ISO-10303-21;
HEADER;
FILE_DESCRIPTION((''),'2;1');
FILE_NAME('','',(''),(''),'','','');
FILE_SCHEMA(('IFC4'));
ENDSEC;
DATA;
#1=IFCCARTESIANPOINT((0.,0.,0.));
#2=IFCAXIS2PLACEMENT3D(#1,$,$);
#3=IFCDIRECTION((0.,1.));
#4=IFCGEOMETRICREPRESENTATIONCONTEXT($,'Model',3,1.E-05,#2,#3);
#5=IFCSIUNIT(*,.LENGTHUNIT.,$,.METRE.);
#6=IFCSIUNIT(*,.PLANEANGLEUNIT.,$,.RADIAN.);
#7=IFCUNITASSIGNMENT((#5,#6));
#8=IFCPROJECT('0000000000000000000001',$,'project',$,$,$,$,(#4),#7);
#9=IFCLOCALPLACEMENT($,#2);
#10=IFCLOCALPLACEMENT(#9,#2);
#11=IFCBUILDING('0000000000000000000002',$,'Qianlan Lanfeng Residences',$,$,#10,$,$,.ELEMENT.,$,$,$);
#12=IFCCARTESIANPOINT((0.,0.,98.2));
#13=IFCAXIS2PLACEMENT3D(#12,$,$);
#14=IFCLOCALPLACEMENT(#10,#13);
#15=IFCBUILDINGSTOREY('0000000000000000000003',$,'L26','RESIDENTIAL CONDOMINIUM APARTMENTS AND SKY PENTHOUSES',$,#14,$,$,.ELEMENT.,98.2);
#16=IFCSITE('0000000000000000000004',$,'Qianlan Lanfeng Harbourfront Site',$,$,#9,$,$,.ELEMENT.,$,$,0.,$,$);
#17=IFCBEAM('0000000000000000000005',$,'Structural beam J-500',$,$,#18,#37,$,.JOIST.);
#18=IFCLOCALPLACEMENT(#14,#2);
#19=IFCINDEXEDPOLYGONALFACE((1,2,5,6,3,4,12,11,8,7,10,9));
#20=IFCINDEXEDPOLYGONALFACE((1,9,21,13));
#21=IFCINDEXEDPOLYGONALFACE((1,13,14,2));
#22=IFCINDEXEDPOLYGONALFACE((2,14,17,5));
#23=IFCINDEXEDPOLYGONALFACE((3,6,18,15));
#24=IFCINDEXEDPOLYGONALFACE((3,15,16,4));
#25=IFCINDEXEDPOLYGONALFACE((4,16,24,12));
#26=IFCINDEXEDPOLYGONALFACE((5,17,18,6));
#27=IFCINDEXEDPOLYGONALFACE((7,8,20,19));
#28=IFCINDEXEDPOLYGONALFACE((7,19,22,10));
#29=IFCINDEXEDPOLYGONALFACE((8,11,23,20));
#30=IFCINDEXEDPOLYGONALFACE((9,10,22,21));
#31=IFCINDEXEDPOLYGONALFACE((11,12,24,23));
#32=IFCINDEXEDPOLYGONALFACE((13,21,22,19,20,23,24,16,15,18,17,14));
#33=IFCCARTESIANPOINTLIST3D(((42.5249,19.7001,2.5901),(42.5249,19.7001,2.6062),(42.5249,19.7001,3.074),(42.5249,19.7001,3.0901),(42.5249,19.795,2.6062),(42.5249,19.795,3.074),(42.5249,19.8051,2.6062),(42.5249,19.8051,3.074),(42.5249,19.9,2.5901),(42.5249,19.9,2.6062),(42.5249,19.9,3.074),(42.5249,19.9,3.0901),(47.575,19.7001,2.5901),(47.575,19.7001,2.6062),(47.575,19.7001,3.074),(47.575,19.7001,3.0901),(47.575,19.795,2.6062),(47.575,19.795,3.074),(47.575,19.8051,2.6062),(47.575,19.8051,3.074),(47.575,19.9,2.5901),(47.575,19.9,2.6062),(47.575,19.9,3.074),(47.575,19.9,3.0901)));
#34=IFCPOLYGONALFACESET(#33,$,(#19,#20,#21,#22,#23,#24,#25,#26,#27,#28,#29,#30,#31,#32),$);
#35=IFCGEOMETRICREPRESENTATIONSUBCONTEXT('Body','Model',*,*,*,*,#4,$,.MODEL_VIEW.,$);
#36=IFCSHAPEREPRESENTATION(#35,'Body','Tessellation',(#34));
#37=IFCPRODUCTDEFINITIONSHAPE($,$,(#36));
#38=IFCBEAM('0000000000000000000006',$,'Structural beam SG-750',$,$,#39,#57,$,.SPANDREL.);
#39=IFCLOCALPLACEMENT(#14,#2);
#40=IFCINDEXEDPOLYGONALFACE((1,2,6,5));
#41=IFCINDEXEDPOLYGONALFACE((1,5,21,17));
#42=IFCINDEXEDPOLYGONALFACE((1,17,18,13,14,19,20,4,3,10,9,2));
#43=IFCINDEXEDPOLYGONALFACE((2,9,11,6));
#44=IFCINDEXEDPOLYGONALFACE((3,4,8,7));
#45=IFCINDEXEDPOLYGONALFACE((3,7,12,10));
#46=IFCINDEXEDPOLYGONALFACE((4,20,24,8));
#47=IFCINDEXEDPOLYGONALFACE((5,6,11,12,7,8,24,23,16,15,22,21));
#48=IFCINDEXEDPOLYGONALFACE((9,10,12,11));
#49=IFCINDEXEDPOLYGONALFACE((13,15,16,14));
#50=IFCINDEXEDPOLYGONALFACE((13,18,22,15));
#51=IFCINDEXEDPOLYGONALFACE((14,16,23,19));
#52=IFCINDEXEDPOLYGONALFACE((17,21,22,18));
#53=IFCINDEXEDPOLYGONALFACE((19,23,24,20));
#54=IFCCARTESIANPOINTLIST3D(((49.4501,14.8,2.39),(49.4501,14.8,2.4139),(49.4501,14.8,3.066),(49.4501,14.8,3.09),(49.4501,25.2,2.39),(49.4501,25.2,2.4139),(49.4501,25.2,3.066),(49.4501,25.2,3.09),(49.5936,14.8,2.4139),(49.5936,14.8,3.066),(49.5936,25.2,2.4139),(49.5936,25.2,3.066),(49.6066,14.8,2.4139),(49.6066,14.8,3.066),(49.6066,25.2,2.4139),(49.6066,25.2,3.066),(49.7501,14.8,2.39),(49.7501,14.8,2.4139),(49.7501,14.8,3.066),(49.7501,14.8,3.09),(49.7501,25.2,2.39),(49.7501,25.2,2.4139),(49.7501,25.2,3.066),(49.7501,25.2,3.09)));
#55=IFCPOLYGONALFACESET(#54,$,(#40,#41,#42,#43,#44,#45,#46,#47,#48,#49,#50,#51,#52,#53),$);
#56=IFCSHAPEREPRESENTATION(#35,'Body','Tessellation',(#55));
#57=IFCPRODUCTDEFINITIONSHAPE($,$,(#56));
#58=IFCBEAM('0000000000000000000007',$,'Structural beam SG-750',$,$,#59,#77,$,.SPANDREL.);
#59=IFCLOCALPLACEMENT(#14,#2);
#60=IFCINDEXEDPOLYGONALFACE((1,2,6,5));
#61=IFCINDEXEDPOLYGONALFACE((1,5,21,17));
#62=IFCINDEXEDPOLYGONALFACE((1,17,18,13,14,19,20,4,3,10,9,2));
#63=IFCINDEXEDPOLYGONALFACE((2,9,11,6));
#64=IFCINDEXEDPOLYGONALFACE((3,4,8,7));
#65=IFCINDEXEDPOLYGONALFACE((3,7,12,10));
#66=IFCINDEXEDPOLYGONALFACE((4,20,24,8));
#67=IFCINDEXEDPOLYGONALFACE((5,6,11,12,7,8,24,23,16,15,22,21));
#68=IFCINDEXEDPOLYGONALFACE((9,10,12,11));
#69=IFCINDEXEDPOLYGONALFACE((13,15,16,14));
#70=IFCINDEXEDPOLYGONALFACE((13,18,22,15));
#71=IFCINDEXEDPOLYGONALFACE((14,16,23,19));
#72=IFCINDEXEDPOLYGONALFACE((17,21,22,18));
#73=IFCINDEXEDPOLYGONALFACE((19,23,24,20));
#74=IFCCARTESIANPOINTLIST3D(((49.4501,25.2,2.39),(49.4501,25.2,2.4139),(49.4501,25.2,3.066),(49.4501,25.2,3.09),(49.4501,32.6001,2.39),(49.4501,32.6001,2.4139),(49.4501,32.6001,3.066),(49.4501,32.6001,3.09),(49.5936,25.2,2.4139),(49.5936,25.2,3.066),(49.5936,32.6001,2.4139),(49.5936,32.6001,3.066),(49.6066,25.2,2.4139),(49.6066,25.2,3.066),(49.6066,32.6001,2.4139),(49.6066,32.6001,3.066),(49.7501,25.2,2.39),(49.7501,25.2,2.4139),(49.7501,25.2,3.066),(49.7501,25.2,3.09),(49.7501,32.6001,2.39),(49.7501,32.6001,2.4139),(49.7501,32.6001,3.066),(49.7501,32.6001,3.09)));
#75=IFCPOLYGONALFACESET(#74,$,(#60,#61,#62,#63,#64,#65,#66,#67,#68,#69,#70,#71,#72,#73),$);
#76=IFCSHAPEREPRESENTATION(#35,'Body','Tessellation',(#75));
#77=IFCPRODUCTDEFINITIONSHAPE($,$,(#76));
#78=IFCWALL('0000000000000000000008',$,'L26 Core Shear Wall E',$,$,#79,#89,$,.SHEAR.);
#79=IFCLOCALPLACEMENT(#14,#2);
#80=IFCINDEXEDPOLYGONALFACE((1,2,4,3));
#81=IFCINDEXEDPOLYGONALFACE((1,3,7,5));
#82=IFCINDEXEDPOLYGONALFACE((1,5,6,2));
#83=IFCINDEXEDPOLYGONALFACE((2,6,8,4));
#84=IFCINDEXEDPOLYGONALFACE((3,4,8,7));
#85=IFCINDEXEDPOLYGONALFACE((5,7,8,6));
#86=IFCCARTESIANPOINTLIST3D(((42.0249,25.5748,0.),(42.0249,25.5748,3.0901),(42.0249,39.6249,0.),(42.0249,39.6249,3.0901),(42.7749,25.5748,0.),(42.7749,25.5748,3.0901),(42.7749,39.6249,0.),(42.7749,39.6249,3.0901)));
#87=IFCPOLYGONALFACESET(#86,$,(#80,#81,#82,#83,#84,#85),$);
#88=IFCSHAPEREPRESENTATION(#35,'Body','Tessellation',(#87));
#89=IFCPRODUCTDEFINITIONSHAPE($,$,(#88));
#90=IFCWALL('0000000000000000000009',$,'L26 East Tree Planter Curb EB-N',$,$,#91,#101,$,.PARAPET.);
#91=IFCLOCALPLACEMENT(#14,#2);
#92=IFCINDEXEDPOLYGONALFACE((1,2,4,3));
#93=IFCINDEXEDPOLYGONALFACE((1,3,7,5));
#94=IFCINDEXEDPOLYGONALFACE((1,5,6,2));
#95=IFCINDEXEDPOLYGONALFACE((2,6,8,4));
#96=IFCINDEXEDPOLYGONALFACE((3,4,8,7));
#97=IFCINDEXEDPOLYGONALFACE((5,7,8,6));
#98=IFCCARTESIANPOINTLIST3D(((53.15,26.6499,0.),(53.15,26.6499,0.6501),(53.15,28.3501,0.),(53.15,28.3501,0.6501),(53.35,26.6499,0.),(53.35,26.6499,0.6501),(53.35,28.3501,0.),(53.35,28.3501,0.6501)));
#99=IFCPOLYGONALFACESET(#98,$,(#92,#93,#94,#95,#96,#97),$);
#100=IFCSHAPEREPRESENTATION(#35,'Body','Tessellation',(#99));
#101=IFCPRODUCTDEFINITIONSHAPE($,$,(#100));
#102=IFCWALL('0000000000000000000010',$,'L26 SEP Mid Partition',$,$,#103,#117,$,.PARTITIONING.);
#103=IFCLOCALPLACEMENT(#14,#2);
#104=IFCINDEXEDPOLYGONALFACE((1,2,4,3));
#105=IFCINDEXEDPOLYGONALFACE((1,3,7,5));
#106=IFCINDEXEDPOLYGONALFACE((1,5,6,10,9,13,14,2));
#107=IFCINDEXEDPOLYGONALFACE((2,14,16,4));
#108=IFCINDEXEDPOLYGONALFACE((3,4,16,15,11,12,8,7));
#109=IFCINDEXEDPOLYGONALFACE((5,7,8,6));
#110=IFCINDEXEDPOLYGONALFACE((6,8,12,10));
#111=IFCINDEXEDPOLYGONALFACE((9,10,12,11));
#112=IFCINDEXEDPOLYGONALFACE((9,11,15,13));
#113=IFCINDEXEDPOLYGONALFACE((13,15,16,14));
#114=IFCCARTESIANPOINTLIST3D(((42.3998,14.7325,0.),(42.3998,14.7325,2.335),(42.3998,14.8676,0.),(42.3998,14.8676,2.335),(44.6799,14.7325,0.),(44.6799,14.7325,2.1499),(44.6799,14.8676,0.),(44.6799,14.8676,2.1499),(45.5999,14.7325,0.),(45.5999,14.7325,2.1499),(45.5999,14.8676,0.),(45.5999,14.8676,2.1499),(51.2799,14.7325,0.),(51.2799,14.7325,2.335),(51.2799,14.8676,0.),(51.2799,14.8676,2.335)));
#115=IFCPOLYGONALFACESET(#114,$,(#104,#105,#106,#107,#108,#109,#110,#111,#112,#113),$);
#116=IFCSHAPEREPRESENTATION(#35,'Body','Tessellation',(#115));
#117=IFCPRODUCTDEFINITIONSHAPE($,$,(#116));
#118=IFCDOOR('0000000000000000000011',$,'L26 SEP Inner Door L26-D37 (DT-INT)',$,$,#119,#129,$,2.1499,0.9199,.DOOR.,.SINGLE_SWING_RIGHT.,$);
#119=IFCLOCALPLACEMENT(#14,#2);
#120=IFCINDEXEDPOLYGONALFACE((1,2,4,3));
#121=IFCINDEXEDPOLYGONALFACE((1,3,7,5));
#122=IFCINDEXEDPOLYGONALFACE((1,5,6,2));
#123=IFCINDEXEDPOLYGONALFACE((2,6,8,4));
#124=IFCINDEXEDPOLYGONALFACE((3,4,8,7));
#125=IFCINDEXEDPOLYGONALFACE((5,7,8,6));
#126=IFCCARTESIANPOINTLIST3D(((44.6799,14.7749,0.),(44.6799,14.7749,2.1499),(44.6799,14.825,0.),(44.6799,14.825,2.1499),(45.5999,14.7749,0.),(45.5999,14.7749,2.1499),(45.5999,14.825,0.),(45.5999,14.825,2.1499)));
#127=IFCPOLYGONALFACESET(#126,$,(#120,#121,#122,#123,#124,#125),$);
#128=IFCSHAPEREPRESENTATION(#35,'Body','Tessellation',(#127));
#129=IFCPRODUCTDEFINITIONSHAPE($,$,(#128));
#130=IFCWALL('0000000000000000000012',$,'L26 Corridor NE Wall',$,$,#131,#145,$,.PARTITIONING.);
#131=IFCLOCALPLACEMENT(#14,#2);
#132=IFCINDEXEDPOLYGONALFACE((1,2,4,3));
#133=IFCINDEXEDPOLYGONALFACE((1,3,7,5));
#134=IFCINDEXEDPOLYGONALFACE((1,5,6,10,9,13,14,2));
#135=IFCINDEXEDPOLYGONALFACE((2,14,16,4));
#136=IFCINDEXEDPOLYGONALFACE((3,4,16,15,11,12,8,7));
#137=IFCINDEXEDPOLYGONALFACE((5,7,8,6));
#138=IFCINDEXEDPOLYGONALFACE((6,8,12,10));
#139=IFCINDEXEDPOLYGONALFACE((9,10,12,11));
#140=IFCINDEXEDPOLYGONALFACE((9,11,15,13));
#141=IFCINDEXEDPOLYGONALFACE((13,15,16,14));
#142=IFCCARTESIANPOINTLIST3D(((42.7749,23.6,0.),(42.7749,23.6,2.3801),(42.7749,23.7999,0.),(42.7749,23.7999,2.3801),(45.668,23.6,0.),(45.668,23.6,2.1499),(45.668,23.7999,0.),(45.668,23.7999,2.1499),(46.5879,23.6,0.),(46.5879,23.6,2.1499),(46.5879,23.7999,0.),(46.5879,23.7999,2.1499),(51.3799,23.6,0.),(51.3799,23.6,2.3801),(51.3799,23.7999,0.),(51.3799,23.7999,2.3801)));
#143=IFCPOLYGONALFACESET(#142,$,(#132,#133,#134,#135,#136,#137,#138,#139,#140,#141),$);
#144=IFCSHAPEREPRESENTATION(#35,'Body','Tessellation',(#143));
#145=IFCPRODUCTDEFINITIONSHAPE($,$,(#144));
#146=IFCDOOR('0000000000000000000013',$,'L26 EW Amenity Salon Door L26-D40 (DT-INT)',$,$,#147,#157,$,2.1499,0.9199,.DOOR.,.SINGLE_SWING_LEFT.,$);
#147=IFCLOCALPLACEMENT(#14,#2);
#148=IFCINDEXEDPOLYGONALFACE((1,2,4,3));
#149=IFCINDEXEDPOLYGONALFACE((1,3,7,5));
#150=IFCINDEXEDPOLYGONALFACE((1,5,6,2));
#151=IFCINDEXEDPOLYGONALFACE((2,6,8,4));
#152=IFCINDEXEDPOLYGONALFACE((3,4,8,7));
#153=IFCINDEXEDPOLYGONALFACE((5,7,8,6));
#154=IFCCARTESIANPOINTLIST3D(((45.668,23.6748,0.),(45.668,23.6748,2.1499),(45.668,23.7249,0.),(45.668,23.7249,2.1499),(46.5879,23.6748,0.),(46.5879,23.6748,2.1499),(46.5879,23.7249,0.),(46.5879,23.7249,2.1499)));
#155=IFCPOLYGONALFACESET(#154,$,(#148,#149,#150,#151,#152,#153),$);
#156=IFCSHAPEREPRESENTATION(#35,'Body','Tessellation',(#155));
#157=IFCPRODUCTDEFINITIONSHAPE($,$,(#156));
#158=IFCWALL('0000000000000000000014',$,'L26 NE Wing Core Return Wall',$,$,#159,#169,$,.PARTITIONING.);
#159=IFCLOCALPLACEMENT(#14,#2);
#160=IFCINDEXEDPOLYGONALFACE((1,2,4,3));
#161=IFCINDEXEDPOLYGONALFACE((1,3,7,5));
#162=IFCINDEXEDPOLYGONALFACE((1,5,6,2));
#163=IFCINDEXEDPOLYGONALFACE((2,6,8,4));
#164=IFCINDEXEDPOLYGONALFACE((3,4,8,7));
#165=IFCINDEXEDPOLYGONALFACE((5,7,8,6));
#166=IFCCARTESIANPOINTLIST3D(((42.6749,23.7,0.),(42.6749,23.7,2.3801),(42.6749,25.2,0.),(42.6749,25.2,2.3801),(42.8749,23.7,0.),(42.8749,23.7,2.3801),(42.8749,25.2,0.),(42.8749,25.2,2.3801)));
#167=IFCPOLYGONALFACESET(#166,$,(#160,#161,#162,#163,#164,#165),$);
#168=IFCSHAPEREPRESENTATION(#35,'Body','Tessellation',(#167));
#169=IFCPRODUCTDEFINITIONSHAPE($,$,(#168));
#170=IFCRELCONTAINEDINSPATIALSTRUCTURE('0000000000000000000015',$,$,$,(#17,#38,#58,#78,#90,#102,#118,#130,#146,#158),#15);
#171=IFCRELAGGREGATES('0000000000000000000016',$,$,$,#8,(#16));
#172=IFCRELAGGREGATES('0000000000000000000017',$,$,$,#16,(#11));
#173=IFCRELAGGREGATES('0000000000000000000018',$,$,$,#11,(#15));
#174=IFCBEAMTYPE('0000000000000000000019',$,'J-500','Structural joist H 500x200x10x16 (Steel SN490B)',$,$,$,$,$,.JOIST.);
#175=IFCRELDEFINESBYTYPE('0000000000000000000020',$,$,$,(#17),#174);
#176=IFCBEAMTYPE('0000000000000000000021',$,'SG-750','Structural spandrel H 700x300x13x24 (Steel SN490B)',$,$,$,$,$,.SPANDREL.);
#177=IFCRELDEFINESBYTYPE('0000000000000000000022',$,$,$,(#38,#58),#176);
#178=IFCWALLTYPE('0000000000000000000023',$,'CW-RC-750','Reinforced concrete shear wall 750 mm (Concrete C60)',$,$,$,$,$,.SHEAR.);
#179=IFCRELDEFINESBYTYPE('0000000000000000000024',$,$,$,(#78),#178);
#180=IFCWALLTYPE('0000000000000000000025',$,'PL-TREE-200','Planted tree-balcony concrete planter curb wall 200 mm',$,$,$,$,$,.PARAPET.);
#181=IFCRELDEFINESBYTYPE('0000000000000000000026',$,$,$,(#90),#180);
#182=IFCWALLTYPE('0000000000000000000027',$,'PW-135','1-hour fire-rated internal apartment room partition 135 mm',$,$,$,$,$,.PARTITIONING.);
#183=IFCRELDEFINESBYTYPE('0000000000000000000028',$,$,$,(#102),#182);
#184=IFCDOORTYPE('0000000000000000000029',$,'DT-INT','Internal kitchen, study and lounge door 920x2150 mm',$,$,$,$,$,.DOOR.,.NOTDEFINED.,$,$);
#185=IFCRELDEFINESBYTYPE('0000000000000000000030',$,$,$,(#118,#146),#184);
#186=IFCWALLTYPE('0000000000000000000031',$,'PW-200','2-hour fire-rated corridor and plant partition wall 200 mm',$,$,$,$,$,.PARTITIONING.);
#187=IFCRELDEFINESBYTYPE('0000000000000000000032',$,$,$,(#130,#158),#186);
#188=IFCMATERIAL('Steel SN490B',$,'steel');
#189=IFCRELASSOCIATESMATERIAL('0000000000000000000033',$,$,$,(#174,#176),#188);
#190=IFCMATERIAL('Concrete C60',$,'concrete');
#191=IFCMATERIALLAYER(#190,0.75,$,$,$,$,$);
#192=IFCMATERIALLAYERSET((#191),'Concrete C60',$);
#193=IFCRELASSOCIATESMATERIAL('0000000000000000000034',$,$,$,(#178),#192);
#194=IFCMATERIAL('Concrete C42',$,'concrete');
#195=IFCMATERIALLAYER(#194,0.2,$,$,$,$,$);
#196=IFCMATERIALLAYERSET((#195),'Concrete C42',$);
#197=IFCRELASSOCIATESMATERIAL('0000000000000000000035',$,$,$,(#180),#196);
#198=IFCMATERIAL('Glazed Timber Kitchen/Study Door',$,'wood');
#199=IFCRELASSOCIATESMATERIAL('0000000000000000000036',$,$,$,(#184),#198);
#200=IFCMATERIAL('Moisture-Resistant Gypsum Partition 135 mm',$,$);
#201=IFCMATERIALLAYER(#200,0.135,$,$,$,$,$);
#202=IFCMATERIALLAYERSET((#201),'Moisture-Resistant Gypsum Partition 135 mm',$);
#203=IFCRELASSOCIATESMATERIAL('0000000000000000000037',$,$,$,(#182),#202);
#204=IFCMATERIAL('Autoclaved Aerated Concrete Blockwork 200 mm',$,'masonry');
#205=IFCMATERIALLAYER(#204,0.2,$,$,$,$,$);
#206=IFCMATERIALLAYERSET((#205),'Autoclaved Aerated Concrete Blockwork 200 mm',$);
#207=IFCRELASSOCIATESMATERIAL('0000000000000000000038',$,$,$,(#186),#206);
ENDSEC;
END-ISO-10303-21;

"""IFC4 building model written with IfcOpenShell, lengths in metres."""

from ifc_helpers import new_model, si_unit, direction, frame, frame_2d, origin, origin_2d, place, context, subcontext, project, spatial, rectangle, i_section, extrude, material, layer, layer_set, material_profile, profile_set, type_object, element, fill, save


model = new_model("IFC4")

# Units and contexts
model_context = context("Model", 3, precision=1e-05, world=origin(), true_north=direction((0.0, 1.0)))
body_context = subcontext(model_context, "Body", "Model", "MODEL_VIEW")
ifc_project = project(units=[si_unit("LENGTHUNIT", "METRE"), si_unit("PLANEANGLEUNIT", "RADIAN")], contexts=[model_context])

# Site, building, storey
site_placement = place(None, origin())
site = spatial("IfcSite", under=ifc_project, at=site_placement, Name="Qianlan Lanfeng Harbourfront Site", CompositionType="ELEMENT", RefElevation=0.0)
building_placement = place(site_placement, origin())
building = spatial("IfcBuilding", under=site, at=building_placement, Name="Qianlan Lanfeng Residences", CompositionType="ELEMENT")
storey_placement = place(building_placement, frame((0.0, 0.0, 98.2)))
storey = spatial("IfcBuildingStorey", under=building, at=storey_placement, Name="L26", Description="RESIDENTIAL CONDOMINIUM APARTMENTS AND SKY PENTHOUSES", CompositionType="ELEMENT", Elevation=98.2)

# Shared definitions
ifc_material_1 = material(Name="Steel SN490B", Category="steel")

# Beams
ifc_material_profile_1 = material_profile(ifc_material_1, i_section(OverallWidth=0.2, OverallDepth=0.5, WebThickness=0.01, FlangeThickness=0.0161, at=origin_2d()), Name="H 500x200x10x16")
ifc_profile_set_1 = profile_set([ifc_material_profile_1], Name="Steel SN490B")
beam_type_1 = type_object("IfcBeamType", Name="J-500", Description="Structural joist H 500x200x10x16 (Steel SN490B)", PredefinedType="JOIST", material=ifc_profile_set_1)
beam_1_placement = place(storey_placement, frame((42.5249, 19.8, 2.8401), z_axis=(1.0, 0.0, 0.0), x_axis=(0.0, 1.0, 0.0)))
element("IfcBeam", 1, at=beam_1_placement, inside=storey, type_object=beam_type_1, Name="Structural beam J-500", PredefinedType="JOIST", context=body_context, shape_type="SweptSolid", body=[
    extrude(i_section(OverallWidth=0.2, OverallDepth=0.5, WebThickness=0.01, FlangeThickness=0.0161, at=origin_2d()), origin(), (0.0, 0.0, 1.0), 5.05),
])
ifc_material_profile_2 = material_profile(ifc_material_1, i_section(OverallWidth=0.3, OverallDepth=0.7, WebThickness=0.0129, FlangeThickness=0.0239, at=origin_2d()), Name="H 700x300x13x24")
ifc_profile_set_2 = profile_set([ifc_material_profile_2], Name="Steel SN490B")
beam_type_2 = type_object("IfcBeamType", Name="SG-750", Description="Structural spandrel H 700x300x13x24 (Steel SN490B)", PredefinedType="SPANDREL", material=ifc_profile_set_2)
beam_2_placement = place(storey_placement, frame((49.6001, 14.8, 2.74), z_axis=(0.0, 1.0, 0.0), x_axis=(-1.0, 0.0, 0.0)))
element("IfcBeam", 2, at=beam_2_placement, inside=storey, type_object=beam_type_2, Name="Structural beam SG-750", PredefinedType="SPANDREL", context=body_context, shape_type="SweptSolid", body=[
    extrude(i_section(OverallWidth=0.3, OverallDepth=0.7, WebThickness=0.0129, FlangeThickness=0.0239, at=origin_2d()), origin(), (0.0, 0.0, 1.0), 10.3999),
])
beam_3_placement = place(storey_placement, frame((49.6001, 25.2, 2.74), z_axis=(0.0, 1.0, 0.0), x_axis=(-1.0, 0.0, 0.0)))
element("IfcBeam", 3, at=beam_3_placement, inside=storey, type_object=beam_type_2, Name="Structural beam SG-750", PredefinedType="SPANDREL", context=body_context, shape_type="SweptSolid", body=[
    extrude(i_section(OverallWidth=0.3, OverallDepth=0.7, WebThickness=0.0129, FlangeThickness=0.0239, at=origin_2d()), origin(), (0.0, 0.0, 1.0), 7.4001),
])

# Walls
ifc_material_2 = material(Name="Concrete C60", Category="concrete")
ifc_layer_1 = layer(ifc_material_2, 0.75)
ifc_layer_set_1 = layer_set([ifc_layer_1], Name="Concrete C60")
wall_type_1 = type_object("IfcWallType", Name="CW-RC-750", Description="Reinforced concrete shear wall 750 mm (Concrete C60)", PredefinedType="SHEAR", material=ifc_layer_set_1)
wall_1_placement = place(storey_placement, frame((42.3999, 25.575, 0.0), z_axis=(0.0, 0.0, 1.0), x_axis=(0.0, 1.0, 0.0)))
element("IfcWall", 4, at=wall_1_placement, inside=storey, type_object=wall_type_1, Name="L26 Core Shear Wall E", PredefinedType="SHEAR", context=body_context, shape_type="SweptSolid", body=[
    extrude(rectangle(XDim=14.05, YDim=0.75, at=frame_2d((7.0249, 0.0))), origin(), (0.0, 0.0, 1.0), 3.0901),
])
ifc_material_3 = material(Name="Concrete C42", Category="concrete")
ifc_layer_2 = layer(ifc_material_3, 0.2)
ifc_layer_set_2 = layer_set([ifc_layer_2], Name="Concrete C42")
wall_type_2 = type_object("IfcWallType", Name="PL-TREE-200", Description="Planted tree-balcony concrete planter curb wall 200 mm", PredefinedType="PARAPET", material=ifc_layer_set_2)
wall_2_placement = place(storey_placement, frame((53.25, 26.6499, 0.0), z_axis=(0.0, 0.0, 1.0), x_axis=(0.0, 1.0, 0.0)))
element("IfcWall", 5, at=wall_2_placement, inside=storey, type_object=wall_type_2, Name="L26 East Tree Planter Curb EB-N", PredefinedType="PARAPET", context=body_context, shape_type="SweptSolid", body=[
    extrude(rectangle(XDim=1.7002, YDim=0.2, at=frame_2d((0.8501, 0.0))), origin(), (0.0, 0.0, 1.0), 0.6501),
])

# Walls, openings, doors
ifc_material_4 = material(Name="Glazed Timber Kitchen/Study Door", Category="wood")
door_type = type_object("IfcDoorType", Name="DT-INT", Description="Internal kitchen, study and lounge door 920x2150 mm", OperationType="NOTDEFINED", PredefinedType="DOOR", material=ifc_material_4)
ifc_material_5 = material(Name="Moisture-Resistant Gypsum Partition 135 mm")
ifc_layer_3 = layer(ifc_material_5, 0.135)
ifc_layer_set_3 = layer_set([ifc_layer_3], Name="Moisture-Resistant Gypsum Partition 135 mm")
wall_type_3 = type_object("IfcWallType", Name="PW-135", Description="1-hour fire-rated internal apartment room partition 135 mm", PredefinedType="PARTITIONING", material=ifc_layer_set_3)
wall_3_placement = place(storey_placement, frame((42.3999, 14.8, 0.0), z_axis=(0.0, 0.0, 1.0), x_axis=(1.0, 0.0, 0.0)))
wall_3 = element("IfcWall", 6, at=wall_3_placement, inside=storey, type_object=wall_type_3, Name="L26 SEP Mid Partition", PredefinedType="PARTITIONING", context=body_context, shape_type="SweptSolid", body=[
    extrude(rectangle(XDim=8.8801, YDim=0.135, at=frame_2d((4.4399, 0.0))), origin(), (0.0, 0.0, 1.0), 2.335),
])
opening_1_placement = place(wall_3_placement, frame((2.28, 0.0, 0.0)))
opening_1 = element("IfcOpeningElement", 7, at=opening_1_placement, cuts=wall_3, PredefinedType="OPENING", context=body_context, shape_type="SweptSolid", body=[
    extrude(rectangle(XDim=0.9199, YDim=2.1499, at=frame_2d((0.46, 1.075))), frame((0.0, 0.0776, 0.0), z_axis=(0.0, -1.0, 0.0), x_axis=(1.0, 0.0, 0.0)), (0.0, 0.0, 1.0), 0.155),
])
door_1_placement = place(opening_1_placement, origin())
door_1 = element("IfcDoor", 8, at=door_1_placement, inside=storey, type_object=door_type, Name="L26 SEP Inner Door L26-D37 (DT-INT)", OperationType="SINGLE_SWING_RIGHT", OverallHeight=2.1499, OverallWidth=0.9199, PredefinedType="DOOR", context=body_context, shape_type="SweptSolid", body=[
    extrude(rectangle(XDim=0.9199, YDim=2.1499, at=frame_2d((0.46, 1.075))), frame((0.0, 0.0249, 0.0), z_axis=(0.0, -1.0, 0.0), x_axis=(1.0, 0.0, 0.0)), (0.0, 0.0, 1.0), 0.05),
])
fill(opening_1, door_1)
ifc_material_6 = material(Name="Autoclaved Aerated Concrete Blockwork 200 mm", Category="masonry")
ifc_layer_4 = layer(ifc_material_6, 0.2)
ifc_layer_set_4 = layer_set([ifc_layer_4], Name="Autoclaved Aerated Concrete Blockwork 200 mm")
wall_type_4 = type_object("IfcWallType", Name="PW-200", Description="2-hour fire-rated corridor and plant partition wall 200 mm", PredefinedType="PARTITIONING", material=ifc_layer_set_4)
wall_4_placement = place(storey_placement, frame((42.7749, 23.7, 0.0), z_axis=(0.0, 0.0, 1.0), x_axis=(1.0, 0.0, 0.0)))
wall_4 = element("IfcWall", 9, at=wall_4_placement, inside=storey, type_object=wall_type_4, Name="L26 Corridor NE Wall", PredefinedType="PARTITIONING", context=body_context, shape_type="SweptSolid", body=[
    extrude(rectangle(XDim=8.605, YDim=0.2, at=frame_2d((4.3025, 0.0))), origin(), (0.0, 0.0, 1.0), 2.3801),
])
opening_2_placement = place(wall_4_placement, frame((2.8931, 0.0, 0.0)))
opening_2 = element("IfcOpeningElement", 10, at=opening_2_placement, cuts=wall_4, PredefinedType="OPENING", context=body_context, shape_type="SweptSolid", body=[
    extrude(rectangle(XDim=0.9199, YDim=2.1499, at=frame_2d((0.46, 1.075))), frame((0.0, 0.1099, 0.0), z_axis=(0.0, -1.0, 0.0), x_axis=(1.0, 0.0, 0.0)), (0.0, 0.0, 1.0), 0.22),
])
door_2_placement = place(opening_2_placement, origin())
door_2 = element("IfcDoor", 11, at=door_2_placement, inside=storey, type_object=door_type, Name="L26 EW Amenity Salon Door L26-D40 (DT-INT)", OperationType="SINGLE_SWING_LEFT", OverallHeight=2.1499, OverallWidth=0.9199, PredefinedType="DOOR", context=body_context, shape_type="SweptSolid", body=[
    extrude(rectangle(XDim=0.9199, YDim=2.1499, at=frame_2d((0.46, 1.075))), frame((0.0, 0.0249, 0.0), z_axis=(0.0, -1.0, 0.0), x_axis=(1.0, 0.0, 0.0)), (0.0, 0.0, 1.0), 0.05),
])
fill(opening_2, door_2)

# Wall
wall_5_placement = place(storey_placement, frame((42.7749, 23.7, 0.0), z_axis=(0.0, 0.0, 1.0), x_axis=(0.0, 1.0, 0.0)))
element("IfcWall", 12, at=wall_5_placement, inside=storey, type_object=wall_type_4, Name="L26 NE Wing Core Return Wall", PredefinedType="PARTITIONING", context=body_context, shape_type="SweptSolid", body=[
    extrude(rectangle(XDim=1.5, YDim=0.2, at=frame_2d((0.75, 0.0))), origin(), (0.0, 0.0, 1.0), 2.3801),
])

save(model, "model.ifc")
